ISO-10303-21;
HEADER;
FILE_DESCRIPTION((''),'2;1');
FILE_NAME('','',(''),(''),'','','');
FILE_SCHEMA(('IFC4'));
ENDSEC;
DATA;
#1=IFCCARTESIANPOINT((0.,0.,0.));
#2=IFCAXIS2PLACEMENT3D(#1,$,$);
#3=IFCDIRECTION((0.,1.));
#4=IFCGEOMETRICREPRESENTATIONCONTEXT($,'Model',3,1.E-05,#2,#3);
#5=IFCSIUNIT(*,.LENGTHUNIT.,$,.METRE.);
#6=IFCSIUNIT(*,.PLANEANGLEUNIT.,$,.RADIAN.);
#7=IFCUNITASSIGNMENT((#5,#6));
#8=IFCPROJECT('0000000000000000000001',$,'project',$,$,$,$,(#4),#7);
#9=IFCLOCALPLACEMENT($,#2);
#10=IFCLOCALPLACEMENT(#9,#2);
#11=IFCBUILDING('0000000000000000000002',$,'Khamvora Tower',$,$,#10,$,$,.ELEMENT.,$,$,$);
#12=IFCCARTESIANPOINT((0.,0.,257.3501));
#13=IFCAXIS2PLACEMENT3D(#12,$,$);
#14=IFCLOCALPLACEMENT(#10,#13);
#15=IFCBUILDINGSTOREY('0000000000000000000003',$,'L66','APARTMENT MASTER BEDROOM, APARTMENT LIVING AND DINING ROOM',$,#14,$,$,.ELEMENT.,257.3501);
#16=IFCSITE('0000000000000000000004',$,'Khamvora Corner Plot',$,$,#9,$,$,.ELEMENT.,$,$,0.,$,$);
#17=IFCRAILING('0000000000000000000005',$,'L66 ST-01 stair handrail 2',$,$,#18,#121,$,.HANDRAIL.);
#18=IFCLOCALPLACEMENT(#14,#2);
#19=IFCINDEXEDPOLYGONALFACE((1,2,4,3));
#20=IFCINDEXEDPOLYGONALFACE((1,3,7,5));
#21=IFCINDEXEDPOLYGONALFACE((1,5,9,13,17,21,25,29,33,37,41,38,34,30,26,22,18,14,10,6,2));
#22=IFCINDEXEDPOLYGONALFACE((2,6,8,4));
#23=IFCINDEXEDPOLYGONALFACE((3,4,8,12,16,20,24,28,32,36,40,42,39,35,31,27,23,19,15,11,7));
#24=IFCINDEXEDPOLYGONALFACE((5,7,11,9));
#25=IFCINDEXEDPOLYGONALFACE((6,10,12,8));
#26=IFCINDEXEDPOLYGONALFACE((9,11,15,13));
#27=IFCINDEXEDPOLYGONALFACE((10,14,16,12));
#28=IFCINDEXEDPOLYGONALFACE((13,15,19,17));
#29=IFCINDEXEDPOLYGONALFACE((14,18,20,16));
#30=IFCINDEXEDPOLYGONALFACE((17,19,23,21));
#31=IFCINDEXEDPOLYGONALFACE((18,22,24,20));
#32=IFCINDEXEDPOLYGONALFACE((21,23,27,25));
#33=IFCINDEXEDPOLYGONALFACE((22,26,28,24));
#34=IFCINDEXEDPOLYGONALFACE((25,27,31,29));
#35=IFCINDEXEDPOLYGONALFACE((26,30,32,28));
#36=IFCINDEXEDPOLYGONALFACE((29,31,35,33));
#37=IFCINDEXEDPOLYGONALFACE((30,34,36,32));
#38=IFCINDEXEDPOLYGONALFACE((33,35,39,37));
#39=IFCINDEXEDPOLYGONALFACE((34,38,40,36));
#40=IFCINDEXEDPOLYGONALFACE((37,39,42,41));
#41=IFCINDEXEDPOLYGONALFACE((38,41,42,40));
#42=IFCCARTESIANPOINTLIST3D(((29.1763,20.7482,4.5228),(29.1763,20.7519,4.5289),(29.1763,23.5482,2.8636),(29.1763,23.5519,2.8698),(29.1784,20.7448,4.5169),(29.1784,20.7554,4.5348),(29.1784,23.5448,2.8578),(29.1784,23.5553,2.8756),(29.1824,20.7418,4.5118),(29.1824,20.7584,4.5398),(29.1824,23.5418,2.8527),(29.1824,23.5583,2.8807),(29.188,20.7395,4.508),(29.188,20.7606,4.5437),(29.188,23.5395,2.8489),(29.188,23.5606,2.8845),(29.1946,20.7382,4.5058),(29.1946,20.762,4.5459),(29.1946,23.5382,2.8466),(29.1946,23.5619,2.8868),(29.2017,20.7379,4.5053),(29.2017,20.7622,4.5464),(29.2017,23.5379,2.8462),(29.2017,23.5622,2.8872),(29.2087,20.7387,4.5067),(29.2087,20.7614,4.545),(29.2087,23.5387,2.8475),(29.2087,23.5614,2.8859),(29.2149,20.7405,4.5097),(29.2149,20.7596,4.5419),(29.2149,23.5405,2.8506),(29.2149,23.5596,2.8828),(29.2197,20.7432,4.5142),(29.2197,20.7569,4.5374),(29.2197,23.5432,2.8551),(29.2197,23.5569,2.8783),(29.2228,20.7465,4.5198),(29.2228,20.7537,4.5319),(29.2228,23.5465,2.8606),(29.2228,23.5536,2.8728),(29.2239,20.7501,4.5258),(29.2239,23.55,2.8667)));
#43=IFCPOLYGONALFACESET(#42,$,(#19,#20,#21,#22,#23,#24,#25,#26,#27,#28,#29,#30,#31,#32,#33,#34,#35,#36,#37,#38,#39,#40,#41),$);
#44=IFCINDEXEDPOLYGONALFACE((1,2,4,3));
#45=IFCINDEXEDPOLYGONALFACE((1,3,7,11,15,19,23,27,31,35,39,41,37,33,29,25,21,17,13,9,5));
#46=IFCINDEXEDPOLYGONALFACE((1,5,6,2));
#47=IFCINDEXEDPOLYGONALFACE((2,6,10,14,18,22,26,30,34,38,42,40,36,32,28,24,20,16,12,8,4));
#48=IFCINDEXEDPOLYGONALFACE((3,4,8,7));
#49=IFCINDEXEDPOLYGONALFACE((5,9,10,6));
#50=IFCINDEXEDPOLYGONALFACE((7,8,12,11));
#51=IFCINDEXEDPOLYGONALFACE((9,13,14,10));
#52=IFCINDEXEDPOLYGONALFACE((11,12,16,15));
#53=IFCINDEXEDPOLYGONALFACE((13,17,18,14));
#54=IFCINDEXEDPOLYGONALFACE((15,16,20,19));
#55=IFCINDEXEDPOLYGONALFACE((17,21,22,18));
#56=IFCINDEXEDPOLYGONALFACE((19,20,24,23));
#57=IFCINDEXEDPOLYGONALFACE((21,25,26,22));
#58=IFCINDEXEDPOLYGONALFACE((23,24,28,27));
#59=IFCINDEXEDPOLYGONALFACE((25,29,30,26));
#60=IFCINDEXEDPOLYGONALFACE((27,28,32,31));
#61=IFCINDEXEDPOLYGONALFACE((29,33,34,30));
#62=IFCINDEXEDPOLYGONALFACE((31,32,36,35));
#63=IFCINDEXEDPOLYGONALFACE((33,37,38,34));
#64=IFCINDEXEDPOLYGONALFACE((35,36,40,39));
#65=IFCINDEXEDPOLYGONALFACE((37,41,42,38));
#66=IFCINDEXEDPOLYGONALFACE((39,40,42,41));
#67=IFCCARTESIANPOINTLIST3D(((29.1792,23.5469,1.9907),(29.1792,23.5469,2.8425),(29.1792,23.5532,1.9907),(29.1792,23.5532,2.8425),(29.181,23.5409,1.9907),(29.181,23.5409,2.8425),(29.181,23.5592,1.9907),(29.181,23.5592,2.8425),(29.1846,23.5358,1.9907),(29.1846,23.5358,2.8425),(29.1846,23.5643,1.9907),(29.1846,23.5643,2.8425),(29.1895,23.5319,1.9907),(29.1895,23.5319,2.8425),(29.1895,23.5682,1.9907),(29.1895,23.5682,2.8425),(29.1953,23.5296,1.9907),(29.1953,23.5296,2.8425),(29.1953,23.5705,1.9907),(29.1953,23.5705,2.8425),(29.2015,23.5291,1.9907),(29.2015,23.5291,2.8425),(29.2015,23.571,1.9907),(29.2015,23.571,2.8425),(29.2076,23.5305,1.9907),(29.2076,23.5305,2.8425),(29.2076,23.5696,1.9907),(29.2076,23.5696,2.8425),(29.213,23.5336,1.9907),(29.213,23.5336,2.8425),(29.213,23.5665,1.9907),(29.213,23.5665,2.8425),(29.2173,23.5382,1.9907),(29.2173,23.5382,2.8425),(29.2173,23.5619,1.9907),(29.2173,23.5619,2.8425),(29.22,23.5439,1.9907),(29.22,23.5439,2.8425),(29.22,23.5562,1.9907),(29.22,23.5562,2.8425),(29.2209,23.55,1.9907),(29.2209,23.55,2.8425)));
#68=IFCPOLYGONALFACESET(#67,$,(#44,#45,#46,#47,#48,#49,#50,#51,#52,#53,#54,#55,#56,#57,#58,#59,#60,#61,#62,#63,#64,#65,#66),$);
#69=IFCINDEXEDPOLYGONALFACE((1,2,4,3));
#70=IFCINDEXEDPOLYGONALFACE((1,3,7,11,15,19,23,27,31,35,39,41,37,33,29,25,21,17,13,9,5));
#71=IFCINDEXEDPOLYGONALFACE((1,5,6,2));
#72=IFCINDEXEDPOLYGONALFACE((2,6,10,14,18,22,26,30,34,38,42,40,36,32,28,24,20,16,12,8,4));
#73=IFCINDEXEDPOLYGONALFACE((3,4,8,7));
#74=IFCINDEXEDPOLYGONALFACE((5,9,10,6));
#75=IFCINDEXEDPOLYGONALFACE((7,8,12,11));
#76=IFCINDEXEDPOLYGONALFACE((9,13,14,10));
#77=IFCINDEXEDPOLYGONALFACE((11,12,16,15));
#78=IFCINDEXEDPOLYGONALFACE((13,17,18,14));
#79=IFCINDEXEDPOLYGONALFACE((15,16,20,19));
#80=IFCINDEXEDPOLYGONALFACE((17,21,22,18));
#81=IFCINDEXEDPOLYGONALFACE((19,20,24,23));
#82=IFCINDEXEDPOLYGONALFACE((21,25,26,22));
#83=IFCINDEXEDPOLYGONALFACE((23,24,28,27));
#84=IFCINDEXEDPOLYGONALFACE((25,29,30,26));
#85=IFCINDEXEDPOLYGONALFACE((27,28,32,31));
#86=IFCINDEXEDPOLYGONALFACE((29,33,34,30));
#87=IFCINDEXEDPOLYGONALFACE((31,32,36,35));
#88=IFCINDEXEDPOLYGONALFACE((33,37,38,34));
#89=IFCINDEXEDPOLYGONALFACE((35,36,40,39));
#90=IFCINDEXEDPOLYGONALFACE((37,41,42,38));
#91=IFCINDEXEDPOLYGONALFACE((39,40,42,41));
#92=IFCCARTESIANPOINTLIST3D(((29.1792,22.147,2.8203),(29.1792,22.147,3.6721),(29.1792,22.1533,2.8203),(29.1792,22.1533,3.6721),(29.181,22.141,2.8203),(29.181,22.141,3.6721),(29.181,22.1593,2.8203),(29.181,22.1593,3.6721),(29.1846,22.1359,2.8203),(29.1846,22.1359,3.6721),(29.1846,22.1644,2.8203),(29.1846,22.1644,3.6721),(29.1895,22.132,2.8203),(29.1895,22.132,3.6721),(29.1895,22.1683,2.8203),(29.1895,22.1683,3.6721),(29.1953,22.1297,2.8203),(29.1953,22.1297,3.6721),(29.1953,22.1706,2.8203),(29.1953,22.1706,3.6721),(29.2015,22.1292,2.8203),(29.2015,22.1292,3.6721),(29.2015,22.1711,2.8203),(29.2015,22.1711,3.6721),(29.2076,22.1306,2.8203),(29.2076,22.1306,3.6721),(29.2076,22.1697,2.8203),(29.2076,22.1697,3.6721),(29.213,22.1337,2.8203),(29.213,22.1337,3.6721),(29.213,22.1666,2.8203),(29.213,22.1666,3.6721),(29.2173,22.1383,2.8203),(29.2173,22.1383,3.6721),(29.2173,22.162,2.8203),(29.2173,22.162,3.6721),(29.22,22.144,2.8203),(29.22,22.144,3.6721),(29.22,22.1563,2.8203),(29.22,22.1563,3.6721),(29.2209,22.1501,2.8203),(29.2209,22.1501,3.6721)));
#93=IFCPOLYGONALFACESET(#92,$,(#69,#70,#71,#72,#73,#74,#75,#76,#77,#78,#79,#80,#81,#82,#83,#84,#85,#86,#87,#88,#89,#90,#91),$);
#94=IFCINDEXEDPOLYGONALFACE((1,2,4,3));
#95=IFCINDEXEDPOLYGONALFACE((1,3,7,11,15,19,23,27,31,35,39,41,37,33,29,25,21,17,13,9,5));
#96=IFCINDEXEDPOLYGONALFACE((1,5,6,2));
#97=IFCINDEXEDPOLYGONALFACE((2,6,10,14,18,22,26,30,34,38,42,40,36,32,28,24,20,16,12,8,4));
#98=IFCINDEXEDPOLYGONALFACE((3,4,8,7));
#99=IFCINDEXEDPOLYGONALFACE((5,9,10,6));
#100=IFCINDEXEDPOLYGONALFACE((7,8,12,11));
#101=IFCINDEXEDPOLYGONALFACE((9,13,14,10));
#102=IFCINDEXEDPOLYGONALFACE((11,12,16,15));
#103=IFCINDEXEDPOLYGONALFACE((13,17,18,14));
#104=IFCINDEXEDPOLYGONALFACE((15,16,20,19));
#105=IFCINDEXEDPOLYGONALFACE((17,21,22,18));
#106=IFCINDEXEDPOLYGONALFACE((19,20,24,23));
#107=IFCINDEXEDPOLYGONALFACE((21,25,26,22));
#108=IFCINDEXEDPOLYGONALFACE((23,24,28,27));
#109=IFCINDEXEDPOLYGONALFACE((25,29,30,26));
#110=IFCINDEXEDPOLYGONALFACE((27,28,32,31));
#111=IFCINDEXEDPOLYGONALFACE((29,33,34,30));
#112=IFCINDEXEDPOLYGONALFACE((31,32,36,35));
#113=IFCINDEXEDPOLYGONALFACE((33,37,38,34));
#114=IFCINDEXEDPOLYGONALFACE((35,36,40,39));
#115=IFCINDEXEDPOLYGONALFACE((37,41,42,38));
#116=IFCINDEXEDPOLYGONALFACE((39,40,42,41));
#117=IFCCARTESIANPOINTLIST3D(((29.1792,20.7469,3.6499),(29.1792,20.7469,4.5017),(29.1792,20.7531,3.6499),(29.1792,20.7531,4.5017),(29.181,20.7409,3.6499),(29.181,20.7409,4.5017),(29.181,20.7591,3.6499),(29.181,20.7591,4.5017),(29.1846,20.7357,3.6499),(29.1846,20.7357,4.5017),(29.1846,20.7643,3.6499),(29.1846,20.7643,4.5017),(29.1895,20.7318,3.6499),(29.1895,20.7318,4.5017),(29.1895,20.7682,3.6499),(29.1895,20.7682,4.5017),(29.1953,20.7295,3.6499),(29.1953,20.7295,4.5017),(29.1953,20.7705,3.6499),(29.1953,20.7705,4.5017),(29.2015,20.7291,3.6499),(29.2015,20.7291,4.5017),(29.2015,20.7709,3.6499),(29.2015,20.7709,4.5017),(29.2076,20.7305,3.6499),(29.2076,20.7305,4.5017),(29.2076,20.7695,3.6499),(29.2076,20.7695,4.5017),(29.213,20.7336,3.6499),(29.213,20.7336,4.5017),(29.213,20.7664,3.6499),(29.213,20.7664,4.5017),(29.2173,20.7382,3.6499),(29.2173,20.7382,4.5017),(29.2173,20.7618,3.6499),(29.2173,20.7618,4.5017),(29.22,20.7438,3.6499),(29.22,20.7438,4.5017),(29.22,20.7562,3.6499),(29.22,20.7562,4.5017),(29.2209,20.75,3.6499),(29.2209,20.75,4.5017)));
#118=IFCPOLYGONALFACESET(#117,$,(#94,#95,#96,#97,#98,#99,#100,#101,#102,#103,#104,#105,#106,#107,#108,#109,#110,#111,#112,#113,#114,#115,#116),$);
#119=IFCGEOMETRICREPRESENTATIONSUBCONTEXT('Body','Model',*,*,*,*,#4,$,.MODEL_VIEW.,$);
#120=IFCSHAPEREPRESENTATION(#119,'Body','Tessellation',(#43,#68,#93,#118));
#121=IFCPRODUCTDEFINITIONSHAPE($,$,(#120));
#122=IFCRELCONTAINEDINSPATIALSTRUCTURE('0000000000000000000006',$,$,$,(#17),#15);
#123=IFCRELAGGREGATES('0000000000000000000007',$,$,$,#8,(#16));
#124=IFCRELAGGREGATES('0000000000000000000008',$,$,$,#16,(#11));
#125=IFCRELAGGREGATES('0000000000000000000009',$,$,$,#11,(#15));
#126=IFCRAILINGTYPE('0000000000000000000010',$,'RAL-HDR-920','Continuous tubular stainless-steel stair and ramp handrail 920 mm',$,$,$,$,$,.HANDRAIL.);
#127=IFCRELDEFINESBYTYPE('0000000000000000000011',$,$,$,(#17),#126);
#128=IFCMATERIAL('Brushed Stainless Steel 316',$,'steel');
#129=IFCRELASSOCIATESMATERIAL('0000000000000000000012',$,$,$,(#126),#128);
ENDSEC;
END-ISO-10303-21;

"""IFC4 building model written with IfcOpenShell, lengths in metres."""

from ifc_helpers import new_model, si_unit, direction, frame, origin, origin_2d, place, context, subcontext, project, spatial, circle, extrude, material, type_object, element, save


model = new_model("IFC4")

# Units and contexts
model_context = context("Model", 3, precision=1e-05, world=origin(), true_north=direction((0.0, 1.0)))
body_context = subcontext(model_context, "Body", "Model", "MODEL_VIEW")
ifc_project = project(units=[si_unit("LENGTHUNIT", "METRE"), si_unit("PLANEANGLEUNIT", "RADIAN")], contexts=[model_context])

# Site, building, storey
site_placement = place(None, origin())
site = spatial("IfcSite", under=ifc_project, at=site_placement, Name="Khamvora Corner Plot", CompositionType="ELEMENT", RefElevation=0.0)
building_placement = place(site_placement, origin())
building = spatial("IfcBuilding", under=site, at=building_placement, Name="Khamvora Tower", CompositionType="ELEMENT")
storey_placement = place(building_placement, frame((0.0, 0.0, 257.3501)))
storey = spatial("IfcBuildingStorey", under=building, at=storey_placement, Name="L66", Description="APARTMENT MASTER BEDROOM, APARTMENT LIVING AND DINING ROOM", CompositionType="ELEMENT", Elevation=257.3501)

# Railing
ifc_material_1 = material(Name="Brushed Stainless Steel 316", Category="steel")
railing_type_1 = type_object("IfcRailingType", Name="RAL-HDR-920", Description="Continuous tubular stainless-steel stair and ramp handrail 920 mm", PredefinedType="HANDRAIL", material=ifc_material_1)
railing_1_placement = place(storey_placement, frame((29.2, 23.55, 1.9907)))
element("IfcRailing", 1, at=railing_1_placement, inside=storey, type_object=railing_type_1, Name="L66 ST-01 stair handrail 2", PredefinedType="HANDRAIL", context=body_context, shape_type="SweptSolid", body=[
    extrude(circle(Radius=0.0239, at=origin_2d()), frame((0.0, 0.0, 0.876), z_axis=(0.0, -0.860306, 0.509778), x_axis=(1.0, 0.0, 0.0)), (0.0, 0.0, 1.0), 3.2546),
    extrude(circle(Radius=0.021, at=origin_2d()), origin(), (0.0, 0.0, 1.0), 0.8518),
    extrude(circle(Radius=0.021, at=origin_2d()), frame((0.0, -1.3999, 0.8296)), (0.0, 0.0, 1.0), 0.8518),
    extrude(circle(Radius=0.021, at=origin_2d()), frame((0.0, -2.8, 1.6592)), (0.0, 0.0, 1.0), 0.8518),
])

save(model, "model.ifc")
